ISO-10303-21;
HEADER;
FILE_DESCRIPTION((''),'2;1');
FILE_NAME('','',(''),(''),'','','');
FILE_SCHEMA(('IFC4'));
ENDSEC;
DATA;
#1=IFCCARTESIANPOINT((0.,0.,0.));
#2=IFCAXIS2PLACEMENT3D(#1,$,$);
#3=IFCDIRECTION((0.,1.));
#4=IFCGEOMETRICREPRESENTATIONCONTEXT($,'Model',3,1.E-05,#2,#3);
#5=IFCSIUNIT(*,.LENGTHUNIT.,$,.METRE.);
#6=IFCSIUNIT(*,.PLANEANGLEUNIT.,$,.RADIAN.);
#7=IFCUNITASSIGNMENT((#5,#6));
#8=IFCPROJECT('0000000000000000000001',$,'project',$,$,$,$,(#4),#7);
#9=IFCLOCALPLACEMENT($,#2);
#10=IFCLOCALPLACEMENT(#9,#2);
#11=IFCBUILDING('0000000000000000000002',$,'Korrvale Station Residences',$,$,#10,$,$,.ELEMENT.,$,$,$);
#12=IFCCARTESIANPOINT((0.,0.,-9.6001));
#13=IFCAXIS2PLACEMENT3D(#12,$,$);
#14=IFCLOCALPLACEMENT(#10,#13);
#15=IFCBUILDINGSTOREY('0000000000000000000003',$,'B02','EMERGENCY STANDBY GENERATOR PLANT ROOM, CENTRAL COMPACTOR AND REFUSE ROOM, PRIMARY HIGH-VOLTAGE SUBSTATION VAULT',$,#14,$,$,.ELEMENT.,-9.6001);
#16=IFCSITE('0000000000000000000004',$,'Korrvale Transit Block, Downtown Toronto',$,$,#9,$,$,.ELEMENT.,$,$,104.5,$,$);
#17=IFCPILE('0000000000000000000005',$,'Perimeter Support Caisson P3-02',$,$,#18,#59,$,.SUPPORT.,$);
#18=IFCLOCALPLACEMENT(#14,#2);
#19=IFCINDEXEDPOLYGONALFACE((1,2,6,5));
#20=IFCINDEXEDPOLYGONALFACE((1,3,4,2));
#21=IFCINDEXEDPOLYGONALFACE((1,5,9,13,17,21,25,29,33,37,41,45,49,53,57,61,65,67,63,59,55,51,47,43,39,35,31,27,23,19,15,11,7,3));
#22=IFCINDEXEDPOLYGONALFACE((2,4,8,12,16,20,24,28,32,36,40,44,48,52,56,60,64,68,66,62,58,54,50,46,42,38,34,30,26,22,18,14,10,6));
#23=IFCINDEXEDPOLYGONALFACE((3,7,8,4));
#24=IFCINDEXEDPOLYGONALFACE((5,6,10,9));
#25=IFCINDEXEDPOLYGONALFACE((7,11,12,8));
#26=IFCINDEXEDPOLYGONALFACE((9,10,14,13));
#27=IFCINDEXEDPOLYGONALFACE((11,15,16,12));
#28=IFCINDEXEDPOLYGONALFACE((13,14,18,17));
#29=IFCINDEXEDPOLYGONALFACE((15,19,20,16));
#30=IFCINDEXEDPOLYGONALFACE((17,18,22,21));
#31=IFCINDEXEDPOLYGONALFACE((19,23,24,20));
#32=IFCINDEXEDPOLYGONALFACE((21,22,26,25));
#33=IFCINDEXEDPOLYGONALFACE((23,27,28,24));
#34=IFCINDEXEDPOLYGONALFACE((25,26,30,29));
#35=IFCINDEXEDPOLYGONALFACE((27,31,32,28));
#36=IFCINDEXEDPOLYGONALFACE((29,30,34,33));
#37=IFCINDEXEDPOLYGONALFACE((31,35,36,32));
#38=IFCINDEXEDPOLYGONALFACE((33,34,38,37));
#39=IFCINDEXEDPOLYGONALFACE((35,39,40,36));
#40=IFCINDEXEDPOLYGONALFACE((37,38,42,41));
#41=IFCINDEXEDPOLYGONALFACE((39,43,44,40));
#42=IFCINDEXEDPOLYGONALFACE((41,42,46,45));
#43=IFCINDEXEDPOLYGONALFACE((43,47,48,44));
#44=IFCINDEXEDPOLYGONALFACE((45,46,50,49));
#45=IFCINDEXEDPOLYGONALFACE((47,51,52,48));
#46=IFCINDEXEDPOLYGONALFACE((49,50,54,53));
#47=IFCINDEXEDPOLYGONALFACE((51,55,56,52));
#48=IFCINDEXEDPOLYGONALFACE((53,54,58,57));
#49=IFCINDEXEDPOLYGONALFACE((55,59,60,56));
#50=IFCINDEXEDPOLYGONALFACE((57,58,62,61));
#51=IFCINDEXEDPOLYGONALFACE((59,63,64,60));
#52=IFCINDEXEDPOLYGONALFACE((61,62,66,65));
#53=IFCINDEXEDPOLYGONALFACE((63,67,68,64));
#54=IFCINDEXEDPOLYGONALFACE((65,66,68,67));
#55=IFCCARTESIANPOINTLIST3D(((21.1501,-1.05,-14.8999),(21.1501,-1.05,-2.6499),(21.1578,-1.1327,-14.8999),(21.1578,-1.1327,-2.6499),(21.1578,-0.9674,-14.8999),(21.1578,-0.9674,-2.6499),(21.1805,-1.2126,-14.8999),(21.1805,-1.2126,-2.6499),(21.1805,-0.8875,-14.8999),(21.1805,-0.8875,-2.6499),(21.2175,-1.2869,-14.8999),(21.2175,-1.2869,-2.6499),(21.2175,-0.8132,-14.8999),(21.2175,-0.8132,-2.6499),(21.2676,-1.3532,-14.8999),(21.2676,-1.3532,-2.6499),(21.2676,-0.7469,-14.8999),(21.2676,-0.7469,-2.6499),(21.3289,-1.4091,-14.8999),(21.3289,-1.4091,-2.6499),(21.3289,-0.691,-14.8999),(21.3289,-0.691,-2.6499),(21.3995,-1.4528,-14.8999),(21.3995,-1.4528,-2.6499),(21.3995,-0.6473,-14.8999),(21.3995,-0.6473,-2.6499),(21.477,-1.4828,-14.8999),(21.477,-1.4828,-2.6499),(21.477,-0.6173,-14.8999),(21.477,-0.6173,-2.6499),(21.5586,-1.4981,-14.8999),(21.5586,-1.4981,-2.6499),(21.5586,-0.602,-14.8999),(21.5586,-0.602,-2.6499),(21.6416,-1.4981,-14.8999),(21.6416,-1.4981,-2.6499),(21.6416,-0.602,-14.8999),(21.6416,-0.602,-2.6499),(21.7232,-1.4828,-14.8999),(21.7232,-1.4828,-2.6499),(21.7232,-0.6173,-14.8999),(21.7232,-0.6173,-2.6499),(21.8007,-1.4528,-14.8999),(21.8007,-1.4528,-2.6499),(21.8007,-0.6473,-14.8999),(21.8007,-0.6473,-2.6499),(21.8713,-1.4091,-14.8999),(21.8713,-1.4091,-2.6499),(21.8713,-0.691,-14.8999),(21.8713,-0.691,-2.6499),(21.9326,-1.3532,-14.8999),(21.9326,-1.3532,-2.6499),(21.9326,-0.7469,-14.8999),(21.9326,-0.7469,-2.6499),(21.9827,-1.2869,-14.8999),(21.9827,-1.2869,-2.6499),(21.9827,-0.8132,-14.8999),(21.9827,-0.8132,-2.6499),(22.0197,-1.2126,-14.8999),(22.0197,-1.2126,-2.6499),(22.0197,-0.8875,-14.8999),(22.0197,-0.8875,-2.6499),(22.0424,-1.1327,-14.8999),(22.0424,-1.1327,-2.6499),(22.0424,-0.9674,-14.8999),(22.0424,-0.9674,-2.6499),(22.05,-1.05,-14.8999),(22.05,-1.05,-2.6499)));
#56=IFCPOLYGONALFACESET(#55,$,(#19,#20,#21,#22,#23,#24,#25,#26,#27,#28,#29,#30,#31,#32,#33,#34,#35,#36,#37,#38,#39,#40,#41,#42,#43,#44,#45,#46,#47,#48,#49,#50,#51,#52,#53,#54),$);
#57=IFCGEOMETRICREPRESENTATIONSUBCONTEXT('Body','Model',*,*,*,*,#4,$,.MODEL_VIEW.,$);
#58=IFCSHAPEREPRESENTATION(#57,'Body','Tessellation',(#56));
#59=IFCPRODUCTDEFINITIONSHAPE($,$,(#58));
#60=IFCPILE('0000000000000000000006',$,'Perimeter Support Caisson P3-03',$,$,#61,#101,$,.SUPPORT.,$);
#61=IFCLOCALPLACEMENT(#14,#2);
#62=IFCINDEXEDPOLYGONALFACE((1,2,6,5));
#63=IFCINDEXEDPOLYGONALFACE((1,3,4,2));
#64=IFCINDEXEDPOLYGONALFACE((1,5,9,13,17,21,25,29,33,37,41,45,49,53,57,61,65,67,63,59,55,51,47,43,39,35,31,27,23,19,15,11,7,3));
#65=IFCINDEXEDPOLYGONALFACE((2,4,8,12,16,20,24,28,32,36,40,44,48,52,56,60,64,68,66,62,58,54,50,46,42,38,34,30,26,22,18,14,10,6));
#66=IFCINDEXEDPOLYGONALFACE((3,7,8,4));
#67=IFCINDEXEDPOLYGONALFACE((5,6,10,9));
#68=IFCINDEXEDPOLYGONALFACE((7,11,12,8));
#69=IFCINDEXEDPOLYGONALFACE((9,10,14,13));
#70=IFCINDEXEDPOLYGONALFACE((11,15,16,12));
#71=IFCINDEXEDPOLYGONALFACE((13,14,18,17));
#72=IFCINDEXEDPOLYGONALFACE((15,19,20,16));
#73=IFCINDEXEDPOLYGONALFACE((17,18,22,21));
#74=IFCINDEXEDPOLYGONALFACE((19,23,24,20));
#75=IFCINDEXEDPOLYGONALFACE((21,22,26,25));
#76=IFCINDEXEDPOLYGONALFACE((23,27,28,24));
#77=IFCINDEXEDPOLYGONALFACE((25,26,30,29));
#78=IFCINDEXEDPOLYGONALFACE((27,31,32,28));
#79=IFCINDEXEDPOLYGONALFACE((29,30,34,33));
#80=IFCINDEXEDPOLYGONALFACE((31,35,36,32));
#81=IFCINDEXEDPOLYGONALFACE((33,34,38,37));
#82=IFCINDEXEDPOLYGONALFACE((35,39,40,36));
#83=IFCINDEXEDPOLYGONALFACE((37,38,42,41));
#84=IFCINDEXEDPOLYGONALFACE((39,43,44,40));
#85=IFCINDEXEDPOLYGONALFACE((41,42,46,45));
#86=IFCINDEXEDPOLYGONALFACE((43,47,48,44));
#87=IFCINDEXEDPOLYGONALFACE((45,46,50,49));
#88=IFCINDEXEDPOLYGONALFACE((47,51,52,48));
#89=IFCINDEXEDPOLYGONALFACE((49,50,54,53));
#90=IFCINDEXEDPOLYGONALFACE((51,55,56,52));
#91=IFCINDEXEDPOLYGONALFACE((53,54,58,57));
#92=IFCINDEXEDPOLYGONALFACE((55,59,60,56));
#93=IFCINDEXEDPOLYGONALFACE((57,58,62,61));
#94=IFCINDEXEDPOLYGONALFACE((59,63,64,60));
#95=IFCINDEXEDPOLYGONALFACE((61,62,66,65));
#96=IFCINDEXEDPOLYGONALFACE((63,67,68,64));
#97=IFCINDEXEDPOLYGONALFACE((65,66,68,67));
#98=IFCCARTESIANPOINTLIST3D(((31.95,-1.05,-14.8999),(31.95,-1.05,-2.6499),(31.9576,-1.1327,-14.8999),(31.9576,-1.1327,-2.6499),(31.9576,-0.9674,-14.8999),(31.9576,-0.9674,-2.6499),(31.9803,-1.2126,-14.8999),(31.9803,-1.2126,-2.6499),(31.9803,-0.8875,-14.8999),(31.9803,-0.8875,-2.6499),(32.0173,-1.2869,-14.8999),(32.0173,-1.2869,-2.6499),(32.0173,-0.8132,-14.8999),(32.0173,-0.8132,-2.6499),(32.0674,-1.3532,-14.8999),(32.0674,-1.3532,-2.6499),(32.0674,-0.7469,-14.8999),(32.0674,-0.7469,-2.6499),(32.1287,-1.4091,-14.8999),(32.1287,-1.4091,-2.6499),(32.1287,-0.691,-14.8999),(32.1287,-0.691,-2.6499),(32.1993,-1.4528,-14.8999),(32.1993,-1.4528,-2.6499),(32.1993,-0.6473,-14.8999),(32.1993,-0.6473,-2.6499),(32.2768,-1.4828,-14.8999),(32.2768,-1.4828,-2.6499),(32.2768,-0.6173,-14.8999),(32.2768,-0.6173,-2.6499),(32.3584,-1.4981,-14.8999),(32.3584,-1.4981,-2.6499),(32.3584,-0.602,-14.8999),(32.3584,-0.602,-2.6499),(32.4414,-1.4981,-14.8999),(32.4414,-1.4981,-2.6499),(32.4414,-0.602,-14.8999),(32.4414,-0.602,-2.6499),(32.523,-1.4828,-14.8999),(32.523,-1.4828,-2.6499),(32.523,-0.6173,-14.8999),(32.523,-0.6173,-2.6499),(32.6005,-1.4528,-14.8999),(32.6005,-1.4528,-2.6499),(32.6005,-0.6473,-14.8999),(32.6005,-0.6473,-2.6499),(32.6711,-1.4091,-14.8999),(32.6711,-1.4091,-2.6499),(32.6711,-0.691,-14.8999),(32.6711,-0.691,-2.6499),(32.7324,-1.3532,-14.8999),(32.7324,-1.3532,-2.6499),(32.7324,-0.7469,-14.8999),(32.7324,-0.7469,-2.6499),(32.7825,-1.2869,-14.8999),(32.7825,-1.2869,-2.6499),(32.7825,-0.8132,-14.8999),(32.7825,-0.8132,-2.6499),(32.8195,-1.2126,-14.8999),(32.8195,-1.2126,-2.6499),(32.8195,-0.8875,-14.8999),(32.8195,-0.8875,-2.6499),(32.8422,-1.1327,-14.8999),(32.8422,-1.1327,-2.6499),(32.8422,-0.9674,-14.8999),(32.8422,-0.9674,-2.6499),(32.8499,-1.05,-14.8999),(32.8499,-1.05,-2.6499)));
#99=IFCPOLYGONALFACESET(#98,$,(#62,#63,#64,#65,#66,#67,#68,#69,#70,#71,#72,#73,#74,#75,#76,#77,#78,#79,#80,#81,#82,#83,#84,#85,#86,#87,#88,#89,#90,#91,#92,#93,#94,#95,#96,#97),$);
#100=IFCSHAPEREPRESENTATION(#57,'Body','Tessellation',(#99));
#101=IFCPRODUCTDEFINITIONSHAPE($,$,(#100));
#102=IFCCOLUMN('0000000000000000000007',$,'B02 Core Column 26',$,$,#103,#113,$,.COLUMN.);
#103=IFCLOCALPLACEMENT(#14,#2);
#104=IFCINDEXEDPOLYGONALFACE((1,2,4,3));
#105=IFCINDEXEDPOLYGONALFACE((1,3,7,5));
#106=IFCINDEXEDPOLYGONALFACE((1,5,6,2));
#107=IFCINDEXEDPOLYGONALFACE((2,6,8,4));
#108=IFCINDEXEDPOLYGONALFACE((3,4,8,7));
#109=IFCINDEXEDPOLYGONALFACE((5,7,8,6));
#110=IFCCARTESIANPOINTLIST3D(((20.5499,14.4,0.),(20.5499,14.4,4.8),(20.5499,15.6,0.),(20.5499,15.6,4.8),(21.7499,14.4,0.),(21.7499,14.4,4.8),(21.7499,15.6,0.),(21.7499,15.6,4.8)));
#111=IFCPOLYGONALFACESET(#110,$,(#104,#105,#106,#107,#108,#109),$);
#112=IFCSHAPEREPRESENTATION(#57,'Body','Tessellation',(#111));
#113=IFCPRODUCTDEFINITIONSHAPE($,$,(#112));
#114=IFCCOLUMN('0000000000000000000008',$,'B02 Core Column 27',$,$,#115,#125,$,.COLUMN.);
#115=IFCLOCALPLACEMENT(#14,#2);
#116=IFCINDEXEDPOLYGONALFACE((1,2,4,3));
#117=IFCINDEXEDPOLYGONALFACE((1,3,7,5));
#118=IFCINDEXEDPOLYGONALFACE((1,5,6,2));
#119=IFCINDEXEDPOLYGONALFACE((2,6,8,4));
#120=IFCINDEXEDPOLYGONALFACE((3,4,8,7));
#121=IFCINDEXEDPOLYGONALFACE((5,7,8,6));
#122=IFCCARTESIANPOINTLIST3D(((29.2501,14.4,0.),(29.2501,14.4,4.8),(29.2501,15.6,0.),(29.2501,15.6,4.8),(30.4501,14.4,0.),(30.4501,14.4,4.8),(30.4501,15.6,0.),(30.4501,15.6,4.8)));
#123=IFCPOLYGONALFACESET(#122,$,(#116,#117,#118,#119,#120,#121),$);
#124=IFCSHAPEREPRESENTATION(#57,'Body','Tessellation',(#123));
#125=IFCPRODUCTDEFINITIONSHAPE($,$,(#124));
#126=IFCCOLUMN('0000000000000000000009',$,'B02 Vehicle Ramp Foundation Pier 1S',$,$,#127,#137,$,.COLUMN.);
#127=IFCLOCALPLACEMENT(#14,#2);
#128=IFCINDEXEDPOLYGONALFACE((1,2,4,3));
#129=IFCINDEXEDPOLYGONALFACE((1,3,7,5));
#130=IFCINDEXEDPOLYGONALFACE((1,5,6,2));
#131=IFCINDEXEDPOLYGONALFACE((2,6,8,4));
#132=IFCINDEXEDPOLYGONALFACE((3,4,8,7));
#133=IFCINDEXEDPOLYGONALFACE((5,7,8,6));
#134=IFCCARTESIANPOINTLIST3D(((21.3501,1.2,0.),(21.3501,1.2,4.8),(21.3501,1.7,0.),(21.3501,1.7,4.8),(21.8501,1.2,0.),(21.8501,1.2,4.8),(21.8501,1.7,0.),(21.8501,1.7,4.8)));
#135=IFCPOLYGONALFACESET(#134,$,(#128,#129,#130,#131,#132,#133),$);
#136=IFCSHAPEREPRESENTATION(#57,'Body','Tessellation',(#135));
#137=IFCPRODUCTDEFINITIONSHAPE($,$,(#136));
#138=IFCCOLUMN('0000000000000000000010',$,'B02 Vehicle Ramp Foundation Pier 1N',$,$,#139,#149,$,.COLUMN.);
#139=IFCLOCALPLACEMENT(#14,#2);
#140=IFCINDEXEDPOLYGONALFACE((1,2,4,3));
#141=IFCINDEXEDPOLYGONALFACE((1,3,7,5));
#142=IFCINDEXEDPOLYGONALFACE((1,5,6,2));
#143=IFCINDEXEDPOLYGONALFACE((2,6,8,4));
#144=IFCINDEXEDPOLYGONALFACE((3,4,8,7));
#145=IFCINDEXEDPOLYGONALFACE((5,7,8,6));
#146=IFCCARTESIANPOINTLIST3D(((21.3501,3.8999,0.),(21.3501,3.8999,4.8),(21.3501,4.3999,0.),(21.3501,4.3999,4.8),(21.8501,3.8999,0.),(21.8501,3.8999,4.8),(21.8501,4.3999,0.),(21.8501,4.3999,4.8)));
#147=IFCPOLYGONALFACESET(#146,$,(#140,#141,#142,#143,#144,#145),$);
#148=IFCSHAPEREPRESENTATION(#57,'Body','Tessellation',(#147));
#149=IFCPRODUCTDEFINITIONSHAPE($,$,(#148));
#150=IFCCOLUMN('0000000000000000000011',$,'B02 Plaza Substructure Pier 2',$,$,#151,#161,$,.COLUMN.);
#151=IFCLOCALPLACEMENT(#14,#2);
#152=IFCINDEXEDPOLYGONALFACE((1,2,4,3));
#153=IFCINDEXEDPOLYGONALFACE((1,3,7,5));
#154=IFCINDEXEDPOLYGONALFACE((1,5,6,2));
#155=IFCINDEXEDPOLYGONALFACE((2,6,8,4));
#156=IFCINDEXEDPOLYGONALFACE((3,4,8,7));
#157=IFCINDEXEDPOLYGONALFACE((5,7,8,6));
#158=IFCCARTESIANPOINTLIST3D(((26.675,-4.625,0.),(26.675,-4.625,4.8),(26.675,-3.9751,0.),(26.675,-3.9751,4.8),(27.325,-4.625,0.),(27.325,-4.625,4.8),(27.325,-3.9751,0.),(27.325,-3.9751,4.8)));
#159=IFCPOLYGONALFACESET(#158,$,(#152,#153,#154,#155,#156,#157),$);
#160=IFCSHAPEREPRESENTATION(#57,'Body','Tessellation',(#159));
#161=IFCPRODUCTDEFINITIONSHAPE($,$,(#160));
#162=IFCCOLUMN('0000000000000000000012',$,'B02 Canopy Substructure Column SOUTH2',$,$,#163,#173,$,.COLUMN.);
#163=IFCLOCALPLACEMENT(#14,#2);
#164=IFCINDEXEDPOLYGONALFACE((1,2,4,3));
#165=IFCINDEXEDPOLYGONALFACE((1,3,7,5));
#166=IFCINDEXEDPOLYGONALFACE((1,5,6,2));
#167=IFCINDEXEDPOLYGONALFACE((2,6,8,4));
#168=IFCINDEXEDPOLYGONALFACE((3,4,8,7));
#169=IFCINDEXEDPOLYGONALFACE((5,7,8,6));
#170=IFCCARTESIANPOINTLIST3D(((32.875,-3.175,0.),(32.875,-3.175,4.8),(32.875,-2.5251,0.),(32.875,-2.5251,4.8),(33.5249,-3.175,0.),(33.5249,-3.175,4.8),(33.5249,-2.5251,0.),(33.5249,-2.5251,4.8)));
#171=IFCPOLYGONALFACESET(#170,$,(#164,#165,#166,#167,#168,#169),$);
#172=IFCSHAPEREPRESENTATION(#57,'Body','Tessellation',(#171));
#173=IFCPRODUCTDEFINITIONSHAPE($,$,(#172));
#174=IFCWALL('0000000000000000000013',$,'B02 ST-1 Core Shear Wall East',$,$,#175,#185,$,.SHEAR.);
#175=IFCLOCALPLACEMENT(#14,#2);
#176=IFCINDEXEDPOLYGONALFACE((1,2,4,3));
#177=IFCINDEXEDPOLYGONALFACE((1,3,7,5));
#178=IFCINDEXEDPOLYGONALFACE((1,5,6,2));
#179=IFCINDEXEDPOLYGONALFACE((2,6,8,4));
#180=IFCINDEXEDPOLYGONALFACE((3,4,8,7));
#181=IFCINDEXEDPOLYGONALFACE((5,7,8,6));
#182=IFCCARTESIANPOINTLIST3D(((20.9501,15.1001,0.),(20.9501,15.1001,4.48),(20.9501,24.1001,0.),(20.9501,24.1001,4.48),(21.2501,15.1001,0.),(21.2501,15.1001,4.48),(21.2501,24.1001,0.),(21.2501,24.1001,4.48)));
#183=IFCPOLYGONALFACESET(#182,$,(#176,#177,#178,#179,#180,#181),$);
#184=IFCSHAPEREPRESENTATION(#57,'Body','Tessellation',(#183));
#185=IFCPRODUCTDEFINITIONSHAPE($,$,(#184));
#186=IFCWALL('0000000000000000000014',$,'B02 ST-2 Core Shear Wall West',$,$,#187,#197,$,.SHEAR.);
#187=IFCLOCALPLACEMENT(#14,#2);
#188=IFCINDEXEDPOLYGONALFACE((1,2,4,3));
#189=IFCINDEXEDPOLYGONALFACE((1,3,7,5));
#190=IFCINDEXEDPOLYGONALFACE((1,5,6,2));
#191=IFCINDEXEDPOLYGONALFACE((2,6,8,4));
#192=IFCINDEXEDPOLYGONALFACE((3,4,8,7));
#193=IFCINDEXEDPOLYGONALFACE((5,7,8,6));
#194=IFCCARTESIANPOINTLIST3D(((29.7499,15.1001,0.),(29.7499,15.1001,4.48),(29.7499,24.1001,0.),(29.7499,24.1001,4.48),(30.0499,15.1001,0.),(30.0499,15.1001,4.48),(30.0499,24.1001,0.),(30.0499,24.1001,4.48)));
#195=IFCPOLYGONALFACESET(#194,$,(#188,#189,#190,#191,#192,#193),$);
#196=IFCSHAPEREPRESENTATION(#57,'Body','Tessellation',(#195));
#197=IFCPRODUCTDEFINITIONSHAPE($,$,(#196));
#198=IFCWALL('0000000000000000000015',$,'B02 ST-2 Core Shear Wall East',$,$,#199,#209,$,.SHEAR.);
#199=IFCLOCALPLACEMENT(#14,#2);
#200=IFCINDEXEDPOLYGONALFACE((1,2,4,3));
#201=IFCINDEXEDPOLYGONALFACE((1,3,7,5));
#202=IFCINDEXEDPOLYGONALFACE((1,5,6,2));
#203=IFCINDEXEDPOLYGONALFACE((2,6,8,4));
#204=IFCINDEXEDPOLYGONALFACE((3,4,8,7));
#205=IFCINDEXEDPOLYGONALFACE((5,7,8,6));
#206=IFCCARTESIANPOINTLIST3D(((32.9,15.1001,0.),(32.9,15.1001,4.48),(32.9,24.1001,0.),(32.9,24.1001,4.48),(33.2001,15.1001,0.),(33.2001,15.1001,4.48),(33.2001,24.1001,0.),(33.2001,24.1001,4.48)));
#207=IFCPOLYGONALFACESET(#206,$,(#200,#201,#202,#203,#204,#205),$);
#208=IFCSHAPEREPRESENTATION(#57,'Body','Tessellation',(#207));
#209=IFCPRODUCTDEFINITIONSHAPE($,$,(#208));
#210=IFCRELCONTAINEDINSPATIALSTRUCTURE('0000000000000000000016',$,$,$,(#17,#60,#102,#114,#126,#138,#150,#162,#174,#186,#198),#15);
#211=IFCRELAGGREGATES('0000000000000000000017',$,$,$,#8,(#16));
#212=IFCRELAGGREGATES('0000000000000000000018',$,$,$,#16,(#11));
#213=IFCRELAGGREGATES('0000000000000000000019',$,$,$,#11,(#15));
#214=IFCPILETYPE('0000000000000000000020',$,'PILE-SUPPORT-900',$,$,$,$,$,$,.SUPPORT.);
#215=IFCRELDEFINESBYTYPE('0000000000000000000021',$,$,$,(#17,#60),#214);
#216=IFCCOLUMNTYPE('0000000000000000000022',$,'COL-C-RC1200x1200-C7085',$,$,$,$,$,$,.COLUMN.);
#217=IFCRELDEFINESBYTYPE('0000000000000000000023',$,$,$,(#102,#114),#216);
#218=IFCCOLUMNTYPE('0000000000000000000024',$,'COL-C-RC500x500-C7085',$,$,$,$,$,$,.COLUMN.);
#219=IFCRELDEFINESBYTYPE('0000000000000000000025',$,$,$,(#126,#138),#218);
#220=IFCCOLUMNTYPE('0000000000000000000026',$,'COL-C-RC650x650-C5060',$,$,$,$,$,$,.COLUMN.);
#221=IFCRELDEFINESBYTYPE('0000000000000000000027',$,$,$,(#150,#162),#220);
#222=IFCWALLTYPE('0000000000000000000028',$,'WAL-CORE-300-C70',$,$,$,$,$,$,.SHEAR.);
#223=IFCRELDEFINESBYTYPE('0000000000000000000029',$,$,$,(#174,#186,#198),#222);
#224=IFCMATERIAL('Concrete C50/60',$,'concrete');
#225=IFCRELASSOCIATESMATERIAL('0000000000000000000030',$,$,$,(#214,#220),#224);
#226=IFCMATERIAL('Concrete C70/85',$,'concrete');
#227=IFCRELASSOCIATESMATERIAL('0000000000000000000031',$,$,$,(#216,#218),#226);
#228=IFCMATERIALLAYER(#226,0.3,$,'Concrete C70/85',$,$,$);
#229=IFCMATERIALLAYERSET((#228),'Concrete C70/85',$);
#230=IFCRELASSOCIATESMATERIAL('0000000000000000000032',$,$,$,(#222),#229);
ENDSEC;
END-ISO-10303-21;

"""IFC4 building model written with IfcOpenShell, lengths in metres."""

from ifc_helpers import new_model, si_unit, direction, frame, frame_2d, origin, origin_2d, place, context, subcontext, project, spatial, rectangle, circle, extrude, material, layer, layer_set, material_profile, profile_set, type_object, element, save


model = new_model("IFC4")

# Units and contexts
model_context = context("Model", 3, precision=1e-05, world=origin(), true_north=direction((0.0, 1.0)))
body_context = subcontext(model_context, "Body", "Model", "MODEL_VIEW")
ifc_project = project(units=[si_unit("LENGTHUNIT", "METRE"), si_unit("PLANEANGLEUNIT", "RADIAN")], contexts=[model_context])

# Site, building, storey
site_placement = place(None, origin())
site = spatial("IfcSite", under=ifc_project, at=site_placement, Name="Korrvale Transit Block, Downtown Toronto", CompositionType="ELEMENT", RefElevation=104.5)
building_placement = place(site_placement, origin())
building = spatial("IfcBuilding", under=site, at=building_placement, Name="Korrvale Station Residences", CompositionType="ELEMENT")
storey_placement = place(building_placement, frame((0.0, 0.0, -9.6001)))
storey = spatial("IfcBuildingStorey", under=building, at=storey_placement, Name="B02", Description="EMERGENCY STANDBY GENERATOR PLANT ROOM, CENTRAL COMPACTOR AND REFUSE ROOM, PRIMARY HIGH-VOLTAGE SUBSTATION VAULT", CompositionType="ELEMENT", Elevation=-9.6001)

# Piles
ifc_material_1 = material(Name="Concrete C50/60", Category="concrete")
ifc_material_profile_1 = material_profile(ifc_material_1, circle(Radius=0.45, at=origin_2d()), Name="PILE900")
ifc_profile_set_1 = profile_set([ifc_material_profile_1], Name="Concrete C50/60")
pile_type_1 = type_object("IfcPileType", Name="PILE-SUPPORT-900", PredefinedType="SUPPORT", material=ifc_profile_set_1)
for number, where, z_axis, x_axis, name in (
    (1, (21.6001, -1.05, -2.6499), (0.0, 0.0, -1.0), (1.0, 0.0, 0.0), "Perimeter Support Caisson P3-02"),
    (2, (32.3999, -1.05, -2.6499), (0.0, 0.0, -1.0), (1.0, 0.0, 0.0), "Perimeter Support Caisson P3-03"),
):
    element("IfcPile", number, at=place(storey_placement, frame(where, z_axis=z_axis, x_axis=x_axis)), inside=storey, type_object=pile_type_1, Name=name, PredefinedType="SUPPORT", context=body_context, shape_type="SweptSolid", body=[
        extrude(circle(Radius=0.45, at=origin_2d()), origin(), (0.0, 0.0, 1.0), 12.25),
    ])

# Columns
ifc_material_2 = material(Name="Concrete C70/85", Category="concrete")
ifc_material_profile_2 = material_profile(ifc_material_2, rectangle(XDim=1.2, YDim=1.2, at=origin_2d()), Name="RC1200x1200")
ifc_profile_set_2 = profile_set([ifc_material_profile_2], Name="Concrete C70/85")
column_type_1 = type_object("IfcColumnType", Name="COL-C-RC1200x1200-C7085", PredefinedType="COLUMN", material=ifc_profile_set_2)
for number, where, z_axis, x_axis, name in (
    (3, (21.1499, 15.0, 0.0), (0.0, 0.0, 1.0), (1.0, 0.0, 0.0), "B02 Core Column 26"),
    (4, (29.8501, 15.0, 0.0), (0.0, 0.0, 1.0), (1.0, 0.0, 0.0), "B02 Core Column 27"),
):
    element("IfcColumn", number, at=place(storey_placement, frame(where, z_axis=z_axis, x_axis=x_axis)), inside=storey, type_object=column_type_1, Name=name, PredefinedType="COLUMN", context=body_context, shape_type="SweptSolid", body=[
        extrude(rectangle(XDim=1.2, YDim=1.2, at=origin_2d()), origin(), (0.0, 0.0, 1.0), 4.8),
    ])
ifc_material_profile_3 = material_profile(ifc_material_2, rectangle(XDim=0.5, YDim=0.5, at=origin_2d()), Name="RC500x500")
ifc_profile_set_3 = profile_set([ifc_material_profile_3], Name="Concrete C70/85")
column_type_2 = type_object("IfcColumnType", Name="COL-C-RC500x500-C7085", PredefinedType="COLUMN", material=ifc_profile_set_3)
for number, where, z_axis, x_axis, name in (
    (5, (21.6001, 1.45, 0.0), (0.0, 0.0, 1.0), (1.0, 0.0, 0.0), "B02 Vehicle Ramp Foundation Pier 1S"),
    (6, (21.6001, 4.1499, 0.0), (0.0, 0.0, 1.0), (1.0, 0.0, 0.0), "B02 Vehicle Ramp Foundation Pier 1N"),
):
    element("IfcColumn", number, at=place(storey_placement, frame(where, z_axis=z_axis, x_axis=x_axis)), inside=storey, type_object=column_type_2, Name=name, PredefinedType="COLUMN", context=body_context, shape_type="SweptSolid", body=[
        extrude(rectangle(XDim=0.5, YDim=0.5, at=origin_2d()), origin(), (0.0, 0.0, 1.0), 4.8),
    ])
ifc_material_profile_4 = material_profile(ifc_material_1, rectangle(XDim=0.6499, YDim=0.6499, at=origin_2d()), Name="RC650x650")
ifc_profile_set_4 = profile_set([ifc_material_profile_4], Name="Concrete C50/60")
column_type_3 = type_object("IfcColumnType", Name="COL-C-RC650x650-C5060", PredefinedType="COLUMN", material=ifc_profile_set_4)
for number, where, z_axis, x_axis, name in (
    (7, (27.0, -4.3, 0.0), (0.0, 0.0, 1.0), (1.0, 0.0, 0.0), "B02 Plaza Substructure Pier 2"),
    (8, (33.2, -2.8501, 0.0), (0.0, 0.0, 1.0), (1.0, 0.0, 0.0), "B02 Canopy Substructure Column SOUTH2"),
):
    element("IfcColumn", number, at=place(storey_placement, frame(where, z_axis=z_axis, x_axis=x_axis)), inside=storey, type_object=column_type_3, Name=name, PredefinedType="COLUMN", context=body_context, shape_type="SweptSolid", body=[
        extrude(rectangle(XDim=0.6499, YDim=0.6499, at=origin_2d()), origin(), (0.0, 0.0, 1.0), 4.8),
    ])

# Walls
ifc_layer_1 = layer(ifc_material_2, 0.3, Name="Concrete C70/85")
ifc_layer_set_1 = layer_set([ifc_layer_1], Name="Concrete C70/85")
wall_type_1 = type_object("IfcWallType", Name="WAL-CORE-300-C70", PredefinedType="SHEAR", material=ifc_layer_set_1)
for number, where, z_axis, x_axis, name in (
    (9, (21.1001, 15.1001, 0.0), (0.0, 0.0, 1.0), (0.0, 1.0, 0.0), "B02 ST-1 Core Shear Wall East"),
    (10, (29.8999, 15.1001, 0.0), (0.0, 0.0, 1.0), (0.0, 1.0, 0.0), "B02 ST-2 Core Shear Wall West"),
    (11, (33.05, 15.1001, 0.0), (0.0, 0.0, 1.0), (0.0, 1.0, 0.0), "B02 ST-2 Core Shear Wall East"),
):
    element("IfcWall", number, at=place(storey_placement, frame(where, z_axis=z_axis, x_axis=x_axis)), inside=storey, type_object=wall_type_1, Name=name, PredefinedType="SHEAR", context=body_context, shape_type="SweptSolid", body=[
        extrude(rectangle(XDim=9.0, YDim=0.3, at=frame_2d((4.5, 0.0))), origin(), (0.0, 0.0, 1.0), 4.48),
    ])

save(model, "model.ifc")
